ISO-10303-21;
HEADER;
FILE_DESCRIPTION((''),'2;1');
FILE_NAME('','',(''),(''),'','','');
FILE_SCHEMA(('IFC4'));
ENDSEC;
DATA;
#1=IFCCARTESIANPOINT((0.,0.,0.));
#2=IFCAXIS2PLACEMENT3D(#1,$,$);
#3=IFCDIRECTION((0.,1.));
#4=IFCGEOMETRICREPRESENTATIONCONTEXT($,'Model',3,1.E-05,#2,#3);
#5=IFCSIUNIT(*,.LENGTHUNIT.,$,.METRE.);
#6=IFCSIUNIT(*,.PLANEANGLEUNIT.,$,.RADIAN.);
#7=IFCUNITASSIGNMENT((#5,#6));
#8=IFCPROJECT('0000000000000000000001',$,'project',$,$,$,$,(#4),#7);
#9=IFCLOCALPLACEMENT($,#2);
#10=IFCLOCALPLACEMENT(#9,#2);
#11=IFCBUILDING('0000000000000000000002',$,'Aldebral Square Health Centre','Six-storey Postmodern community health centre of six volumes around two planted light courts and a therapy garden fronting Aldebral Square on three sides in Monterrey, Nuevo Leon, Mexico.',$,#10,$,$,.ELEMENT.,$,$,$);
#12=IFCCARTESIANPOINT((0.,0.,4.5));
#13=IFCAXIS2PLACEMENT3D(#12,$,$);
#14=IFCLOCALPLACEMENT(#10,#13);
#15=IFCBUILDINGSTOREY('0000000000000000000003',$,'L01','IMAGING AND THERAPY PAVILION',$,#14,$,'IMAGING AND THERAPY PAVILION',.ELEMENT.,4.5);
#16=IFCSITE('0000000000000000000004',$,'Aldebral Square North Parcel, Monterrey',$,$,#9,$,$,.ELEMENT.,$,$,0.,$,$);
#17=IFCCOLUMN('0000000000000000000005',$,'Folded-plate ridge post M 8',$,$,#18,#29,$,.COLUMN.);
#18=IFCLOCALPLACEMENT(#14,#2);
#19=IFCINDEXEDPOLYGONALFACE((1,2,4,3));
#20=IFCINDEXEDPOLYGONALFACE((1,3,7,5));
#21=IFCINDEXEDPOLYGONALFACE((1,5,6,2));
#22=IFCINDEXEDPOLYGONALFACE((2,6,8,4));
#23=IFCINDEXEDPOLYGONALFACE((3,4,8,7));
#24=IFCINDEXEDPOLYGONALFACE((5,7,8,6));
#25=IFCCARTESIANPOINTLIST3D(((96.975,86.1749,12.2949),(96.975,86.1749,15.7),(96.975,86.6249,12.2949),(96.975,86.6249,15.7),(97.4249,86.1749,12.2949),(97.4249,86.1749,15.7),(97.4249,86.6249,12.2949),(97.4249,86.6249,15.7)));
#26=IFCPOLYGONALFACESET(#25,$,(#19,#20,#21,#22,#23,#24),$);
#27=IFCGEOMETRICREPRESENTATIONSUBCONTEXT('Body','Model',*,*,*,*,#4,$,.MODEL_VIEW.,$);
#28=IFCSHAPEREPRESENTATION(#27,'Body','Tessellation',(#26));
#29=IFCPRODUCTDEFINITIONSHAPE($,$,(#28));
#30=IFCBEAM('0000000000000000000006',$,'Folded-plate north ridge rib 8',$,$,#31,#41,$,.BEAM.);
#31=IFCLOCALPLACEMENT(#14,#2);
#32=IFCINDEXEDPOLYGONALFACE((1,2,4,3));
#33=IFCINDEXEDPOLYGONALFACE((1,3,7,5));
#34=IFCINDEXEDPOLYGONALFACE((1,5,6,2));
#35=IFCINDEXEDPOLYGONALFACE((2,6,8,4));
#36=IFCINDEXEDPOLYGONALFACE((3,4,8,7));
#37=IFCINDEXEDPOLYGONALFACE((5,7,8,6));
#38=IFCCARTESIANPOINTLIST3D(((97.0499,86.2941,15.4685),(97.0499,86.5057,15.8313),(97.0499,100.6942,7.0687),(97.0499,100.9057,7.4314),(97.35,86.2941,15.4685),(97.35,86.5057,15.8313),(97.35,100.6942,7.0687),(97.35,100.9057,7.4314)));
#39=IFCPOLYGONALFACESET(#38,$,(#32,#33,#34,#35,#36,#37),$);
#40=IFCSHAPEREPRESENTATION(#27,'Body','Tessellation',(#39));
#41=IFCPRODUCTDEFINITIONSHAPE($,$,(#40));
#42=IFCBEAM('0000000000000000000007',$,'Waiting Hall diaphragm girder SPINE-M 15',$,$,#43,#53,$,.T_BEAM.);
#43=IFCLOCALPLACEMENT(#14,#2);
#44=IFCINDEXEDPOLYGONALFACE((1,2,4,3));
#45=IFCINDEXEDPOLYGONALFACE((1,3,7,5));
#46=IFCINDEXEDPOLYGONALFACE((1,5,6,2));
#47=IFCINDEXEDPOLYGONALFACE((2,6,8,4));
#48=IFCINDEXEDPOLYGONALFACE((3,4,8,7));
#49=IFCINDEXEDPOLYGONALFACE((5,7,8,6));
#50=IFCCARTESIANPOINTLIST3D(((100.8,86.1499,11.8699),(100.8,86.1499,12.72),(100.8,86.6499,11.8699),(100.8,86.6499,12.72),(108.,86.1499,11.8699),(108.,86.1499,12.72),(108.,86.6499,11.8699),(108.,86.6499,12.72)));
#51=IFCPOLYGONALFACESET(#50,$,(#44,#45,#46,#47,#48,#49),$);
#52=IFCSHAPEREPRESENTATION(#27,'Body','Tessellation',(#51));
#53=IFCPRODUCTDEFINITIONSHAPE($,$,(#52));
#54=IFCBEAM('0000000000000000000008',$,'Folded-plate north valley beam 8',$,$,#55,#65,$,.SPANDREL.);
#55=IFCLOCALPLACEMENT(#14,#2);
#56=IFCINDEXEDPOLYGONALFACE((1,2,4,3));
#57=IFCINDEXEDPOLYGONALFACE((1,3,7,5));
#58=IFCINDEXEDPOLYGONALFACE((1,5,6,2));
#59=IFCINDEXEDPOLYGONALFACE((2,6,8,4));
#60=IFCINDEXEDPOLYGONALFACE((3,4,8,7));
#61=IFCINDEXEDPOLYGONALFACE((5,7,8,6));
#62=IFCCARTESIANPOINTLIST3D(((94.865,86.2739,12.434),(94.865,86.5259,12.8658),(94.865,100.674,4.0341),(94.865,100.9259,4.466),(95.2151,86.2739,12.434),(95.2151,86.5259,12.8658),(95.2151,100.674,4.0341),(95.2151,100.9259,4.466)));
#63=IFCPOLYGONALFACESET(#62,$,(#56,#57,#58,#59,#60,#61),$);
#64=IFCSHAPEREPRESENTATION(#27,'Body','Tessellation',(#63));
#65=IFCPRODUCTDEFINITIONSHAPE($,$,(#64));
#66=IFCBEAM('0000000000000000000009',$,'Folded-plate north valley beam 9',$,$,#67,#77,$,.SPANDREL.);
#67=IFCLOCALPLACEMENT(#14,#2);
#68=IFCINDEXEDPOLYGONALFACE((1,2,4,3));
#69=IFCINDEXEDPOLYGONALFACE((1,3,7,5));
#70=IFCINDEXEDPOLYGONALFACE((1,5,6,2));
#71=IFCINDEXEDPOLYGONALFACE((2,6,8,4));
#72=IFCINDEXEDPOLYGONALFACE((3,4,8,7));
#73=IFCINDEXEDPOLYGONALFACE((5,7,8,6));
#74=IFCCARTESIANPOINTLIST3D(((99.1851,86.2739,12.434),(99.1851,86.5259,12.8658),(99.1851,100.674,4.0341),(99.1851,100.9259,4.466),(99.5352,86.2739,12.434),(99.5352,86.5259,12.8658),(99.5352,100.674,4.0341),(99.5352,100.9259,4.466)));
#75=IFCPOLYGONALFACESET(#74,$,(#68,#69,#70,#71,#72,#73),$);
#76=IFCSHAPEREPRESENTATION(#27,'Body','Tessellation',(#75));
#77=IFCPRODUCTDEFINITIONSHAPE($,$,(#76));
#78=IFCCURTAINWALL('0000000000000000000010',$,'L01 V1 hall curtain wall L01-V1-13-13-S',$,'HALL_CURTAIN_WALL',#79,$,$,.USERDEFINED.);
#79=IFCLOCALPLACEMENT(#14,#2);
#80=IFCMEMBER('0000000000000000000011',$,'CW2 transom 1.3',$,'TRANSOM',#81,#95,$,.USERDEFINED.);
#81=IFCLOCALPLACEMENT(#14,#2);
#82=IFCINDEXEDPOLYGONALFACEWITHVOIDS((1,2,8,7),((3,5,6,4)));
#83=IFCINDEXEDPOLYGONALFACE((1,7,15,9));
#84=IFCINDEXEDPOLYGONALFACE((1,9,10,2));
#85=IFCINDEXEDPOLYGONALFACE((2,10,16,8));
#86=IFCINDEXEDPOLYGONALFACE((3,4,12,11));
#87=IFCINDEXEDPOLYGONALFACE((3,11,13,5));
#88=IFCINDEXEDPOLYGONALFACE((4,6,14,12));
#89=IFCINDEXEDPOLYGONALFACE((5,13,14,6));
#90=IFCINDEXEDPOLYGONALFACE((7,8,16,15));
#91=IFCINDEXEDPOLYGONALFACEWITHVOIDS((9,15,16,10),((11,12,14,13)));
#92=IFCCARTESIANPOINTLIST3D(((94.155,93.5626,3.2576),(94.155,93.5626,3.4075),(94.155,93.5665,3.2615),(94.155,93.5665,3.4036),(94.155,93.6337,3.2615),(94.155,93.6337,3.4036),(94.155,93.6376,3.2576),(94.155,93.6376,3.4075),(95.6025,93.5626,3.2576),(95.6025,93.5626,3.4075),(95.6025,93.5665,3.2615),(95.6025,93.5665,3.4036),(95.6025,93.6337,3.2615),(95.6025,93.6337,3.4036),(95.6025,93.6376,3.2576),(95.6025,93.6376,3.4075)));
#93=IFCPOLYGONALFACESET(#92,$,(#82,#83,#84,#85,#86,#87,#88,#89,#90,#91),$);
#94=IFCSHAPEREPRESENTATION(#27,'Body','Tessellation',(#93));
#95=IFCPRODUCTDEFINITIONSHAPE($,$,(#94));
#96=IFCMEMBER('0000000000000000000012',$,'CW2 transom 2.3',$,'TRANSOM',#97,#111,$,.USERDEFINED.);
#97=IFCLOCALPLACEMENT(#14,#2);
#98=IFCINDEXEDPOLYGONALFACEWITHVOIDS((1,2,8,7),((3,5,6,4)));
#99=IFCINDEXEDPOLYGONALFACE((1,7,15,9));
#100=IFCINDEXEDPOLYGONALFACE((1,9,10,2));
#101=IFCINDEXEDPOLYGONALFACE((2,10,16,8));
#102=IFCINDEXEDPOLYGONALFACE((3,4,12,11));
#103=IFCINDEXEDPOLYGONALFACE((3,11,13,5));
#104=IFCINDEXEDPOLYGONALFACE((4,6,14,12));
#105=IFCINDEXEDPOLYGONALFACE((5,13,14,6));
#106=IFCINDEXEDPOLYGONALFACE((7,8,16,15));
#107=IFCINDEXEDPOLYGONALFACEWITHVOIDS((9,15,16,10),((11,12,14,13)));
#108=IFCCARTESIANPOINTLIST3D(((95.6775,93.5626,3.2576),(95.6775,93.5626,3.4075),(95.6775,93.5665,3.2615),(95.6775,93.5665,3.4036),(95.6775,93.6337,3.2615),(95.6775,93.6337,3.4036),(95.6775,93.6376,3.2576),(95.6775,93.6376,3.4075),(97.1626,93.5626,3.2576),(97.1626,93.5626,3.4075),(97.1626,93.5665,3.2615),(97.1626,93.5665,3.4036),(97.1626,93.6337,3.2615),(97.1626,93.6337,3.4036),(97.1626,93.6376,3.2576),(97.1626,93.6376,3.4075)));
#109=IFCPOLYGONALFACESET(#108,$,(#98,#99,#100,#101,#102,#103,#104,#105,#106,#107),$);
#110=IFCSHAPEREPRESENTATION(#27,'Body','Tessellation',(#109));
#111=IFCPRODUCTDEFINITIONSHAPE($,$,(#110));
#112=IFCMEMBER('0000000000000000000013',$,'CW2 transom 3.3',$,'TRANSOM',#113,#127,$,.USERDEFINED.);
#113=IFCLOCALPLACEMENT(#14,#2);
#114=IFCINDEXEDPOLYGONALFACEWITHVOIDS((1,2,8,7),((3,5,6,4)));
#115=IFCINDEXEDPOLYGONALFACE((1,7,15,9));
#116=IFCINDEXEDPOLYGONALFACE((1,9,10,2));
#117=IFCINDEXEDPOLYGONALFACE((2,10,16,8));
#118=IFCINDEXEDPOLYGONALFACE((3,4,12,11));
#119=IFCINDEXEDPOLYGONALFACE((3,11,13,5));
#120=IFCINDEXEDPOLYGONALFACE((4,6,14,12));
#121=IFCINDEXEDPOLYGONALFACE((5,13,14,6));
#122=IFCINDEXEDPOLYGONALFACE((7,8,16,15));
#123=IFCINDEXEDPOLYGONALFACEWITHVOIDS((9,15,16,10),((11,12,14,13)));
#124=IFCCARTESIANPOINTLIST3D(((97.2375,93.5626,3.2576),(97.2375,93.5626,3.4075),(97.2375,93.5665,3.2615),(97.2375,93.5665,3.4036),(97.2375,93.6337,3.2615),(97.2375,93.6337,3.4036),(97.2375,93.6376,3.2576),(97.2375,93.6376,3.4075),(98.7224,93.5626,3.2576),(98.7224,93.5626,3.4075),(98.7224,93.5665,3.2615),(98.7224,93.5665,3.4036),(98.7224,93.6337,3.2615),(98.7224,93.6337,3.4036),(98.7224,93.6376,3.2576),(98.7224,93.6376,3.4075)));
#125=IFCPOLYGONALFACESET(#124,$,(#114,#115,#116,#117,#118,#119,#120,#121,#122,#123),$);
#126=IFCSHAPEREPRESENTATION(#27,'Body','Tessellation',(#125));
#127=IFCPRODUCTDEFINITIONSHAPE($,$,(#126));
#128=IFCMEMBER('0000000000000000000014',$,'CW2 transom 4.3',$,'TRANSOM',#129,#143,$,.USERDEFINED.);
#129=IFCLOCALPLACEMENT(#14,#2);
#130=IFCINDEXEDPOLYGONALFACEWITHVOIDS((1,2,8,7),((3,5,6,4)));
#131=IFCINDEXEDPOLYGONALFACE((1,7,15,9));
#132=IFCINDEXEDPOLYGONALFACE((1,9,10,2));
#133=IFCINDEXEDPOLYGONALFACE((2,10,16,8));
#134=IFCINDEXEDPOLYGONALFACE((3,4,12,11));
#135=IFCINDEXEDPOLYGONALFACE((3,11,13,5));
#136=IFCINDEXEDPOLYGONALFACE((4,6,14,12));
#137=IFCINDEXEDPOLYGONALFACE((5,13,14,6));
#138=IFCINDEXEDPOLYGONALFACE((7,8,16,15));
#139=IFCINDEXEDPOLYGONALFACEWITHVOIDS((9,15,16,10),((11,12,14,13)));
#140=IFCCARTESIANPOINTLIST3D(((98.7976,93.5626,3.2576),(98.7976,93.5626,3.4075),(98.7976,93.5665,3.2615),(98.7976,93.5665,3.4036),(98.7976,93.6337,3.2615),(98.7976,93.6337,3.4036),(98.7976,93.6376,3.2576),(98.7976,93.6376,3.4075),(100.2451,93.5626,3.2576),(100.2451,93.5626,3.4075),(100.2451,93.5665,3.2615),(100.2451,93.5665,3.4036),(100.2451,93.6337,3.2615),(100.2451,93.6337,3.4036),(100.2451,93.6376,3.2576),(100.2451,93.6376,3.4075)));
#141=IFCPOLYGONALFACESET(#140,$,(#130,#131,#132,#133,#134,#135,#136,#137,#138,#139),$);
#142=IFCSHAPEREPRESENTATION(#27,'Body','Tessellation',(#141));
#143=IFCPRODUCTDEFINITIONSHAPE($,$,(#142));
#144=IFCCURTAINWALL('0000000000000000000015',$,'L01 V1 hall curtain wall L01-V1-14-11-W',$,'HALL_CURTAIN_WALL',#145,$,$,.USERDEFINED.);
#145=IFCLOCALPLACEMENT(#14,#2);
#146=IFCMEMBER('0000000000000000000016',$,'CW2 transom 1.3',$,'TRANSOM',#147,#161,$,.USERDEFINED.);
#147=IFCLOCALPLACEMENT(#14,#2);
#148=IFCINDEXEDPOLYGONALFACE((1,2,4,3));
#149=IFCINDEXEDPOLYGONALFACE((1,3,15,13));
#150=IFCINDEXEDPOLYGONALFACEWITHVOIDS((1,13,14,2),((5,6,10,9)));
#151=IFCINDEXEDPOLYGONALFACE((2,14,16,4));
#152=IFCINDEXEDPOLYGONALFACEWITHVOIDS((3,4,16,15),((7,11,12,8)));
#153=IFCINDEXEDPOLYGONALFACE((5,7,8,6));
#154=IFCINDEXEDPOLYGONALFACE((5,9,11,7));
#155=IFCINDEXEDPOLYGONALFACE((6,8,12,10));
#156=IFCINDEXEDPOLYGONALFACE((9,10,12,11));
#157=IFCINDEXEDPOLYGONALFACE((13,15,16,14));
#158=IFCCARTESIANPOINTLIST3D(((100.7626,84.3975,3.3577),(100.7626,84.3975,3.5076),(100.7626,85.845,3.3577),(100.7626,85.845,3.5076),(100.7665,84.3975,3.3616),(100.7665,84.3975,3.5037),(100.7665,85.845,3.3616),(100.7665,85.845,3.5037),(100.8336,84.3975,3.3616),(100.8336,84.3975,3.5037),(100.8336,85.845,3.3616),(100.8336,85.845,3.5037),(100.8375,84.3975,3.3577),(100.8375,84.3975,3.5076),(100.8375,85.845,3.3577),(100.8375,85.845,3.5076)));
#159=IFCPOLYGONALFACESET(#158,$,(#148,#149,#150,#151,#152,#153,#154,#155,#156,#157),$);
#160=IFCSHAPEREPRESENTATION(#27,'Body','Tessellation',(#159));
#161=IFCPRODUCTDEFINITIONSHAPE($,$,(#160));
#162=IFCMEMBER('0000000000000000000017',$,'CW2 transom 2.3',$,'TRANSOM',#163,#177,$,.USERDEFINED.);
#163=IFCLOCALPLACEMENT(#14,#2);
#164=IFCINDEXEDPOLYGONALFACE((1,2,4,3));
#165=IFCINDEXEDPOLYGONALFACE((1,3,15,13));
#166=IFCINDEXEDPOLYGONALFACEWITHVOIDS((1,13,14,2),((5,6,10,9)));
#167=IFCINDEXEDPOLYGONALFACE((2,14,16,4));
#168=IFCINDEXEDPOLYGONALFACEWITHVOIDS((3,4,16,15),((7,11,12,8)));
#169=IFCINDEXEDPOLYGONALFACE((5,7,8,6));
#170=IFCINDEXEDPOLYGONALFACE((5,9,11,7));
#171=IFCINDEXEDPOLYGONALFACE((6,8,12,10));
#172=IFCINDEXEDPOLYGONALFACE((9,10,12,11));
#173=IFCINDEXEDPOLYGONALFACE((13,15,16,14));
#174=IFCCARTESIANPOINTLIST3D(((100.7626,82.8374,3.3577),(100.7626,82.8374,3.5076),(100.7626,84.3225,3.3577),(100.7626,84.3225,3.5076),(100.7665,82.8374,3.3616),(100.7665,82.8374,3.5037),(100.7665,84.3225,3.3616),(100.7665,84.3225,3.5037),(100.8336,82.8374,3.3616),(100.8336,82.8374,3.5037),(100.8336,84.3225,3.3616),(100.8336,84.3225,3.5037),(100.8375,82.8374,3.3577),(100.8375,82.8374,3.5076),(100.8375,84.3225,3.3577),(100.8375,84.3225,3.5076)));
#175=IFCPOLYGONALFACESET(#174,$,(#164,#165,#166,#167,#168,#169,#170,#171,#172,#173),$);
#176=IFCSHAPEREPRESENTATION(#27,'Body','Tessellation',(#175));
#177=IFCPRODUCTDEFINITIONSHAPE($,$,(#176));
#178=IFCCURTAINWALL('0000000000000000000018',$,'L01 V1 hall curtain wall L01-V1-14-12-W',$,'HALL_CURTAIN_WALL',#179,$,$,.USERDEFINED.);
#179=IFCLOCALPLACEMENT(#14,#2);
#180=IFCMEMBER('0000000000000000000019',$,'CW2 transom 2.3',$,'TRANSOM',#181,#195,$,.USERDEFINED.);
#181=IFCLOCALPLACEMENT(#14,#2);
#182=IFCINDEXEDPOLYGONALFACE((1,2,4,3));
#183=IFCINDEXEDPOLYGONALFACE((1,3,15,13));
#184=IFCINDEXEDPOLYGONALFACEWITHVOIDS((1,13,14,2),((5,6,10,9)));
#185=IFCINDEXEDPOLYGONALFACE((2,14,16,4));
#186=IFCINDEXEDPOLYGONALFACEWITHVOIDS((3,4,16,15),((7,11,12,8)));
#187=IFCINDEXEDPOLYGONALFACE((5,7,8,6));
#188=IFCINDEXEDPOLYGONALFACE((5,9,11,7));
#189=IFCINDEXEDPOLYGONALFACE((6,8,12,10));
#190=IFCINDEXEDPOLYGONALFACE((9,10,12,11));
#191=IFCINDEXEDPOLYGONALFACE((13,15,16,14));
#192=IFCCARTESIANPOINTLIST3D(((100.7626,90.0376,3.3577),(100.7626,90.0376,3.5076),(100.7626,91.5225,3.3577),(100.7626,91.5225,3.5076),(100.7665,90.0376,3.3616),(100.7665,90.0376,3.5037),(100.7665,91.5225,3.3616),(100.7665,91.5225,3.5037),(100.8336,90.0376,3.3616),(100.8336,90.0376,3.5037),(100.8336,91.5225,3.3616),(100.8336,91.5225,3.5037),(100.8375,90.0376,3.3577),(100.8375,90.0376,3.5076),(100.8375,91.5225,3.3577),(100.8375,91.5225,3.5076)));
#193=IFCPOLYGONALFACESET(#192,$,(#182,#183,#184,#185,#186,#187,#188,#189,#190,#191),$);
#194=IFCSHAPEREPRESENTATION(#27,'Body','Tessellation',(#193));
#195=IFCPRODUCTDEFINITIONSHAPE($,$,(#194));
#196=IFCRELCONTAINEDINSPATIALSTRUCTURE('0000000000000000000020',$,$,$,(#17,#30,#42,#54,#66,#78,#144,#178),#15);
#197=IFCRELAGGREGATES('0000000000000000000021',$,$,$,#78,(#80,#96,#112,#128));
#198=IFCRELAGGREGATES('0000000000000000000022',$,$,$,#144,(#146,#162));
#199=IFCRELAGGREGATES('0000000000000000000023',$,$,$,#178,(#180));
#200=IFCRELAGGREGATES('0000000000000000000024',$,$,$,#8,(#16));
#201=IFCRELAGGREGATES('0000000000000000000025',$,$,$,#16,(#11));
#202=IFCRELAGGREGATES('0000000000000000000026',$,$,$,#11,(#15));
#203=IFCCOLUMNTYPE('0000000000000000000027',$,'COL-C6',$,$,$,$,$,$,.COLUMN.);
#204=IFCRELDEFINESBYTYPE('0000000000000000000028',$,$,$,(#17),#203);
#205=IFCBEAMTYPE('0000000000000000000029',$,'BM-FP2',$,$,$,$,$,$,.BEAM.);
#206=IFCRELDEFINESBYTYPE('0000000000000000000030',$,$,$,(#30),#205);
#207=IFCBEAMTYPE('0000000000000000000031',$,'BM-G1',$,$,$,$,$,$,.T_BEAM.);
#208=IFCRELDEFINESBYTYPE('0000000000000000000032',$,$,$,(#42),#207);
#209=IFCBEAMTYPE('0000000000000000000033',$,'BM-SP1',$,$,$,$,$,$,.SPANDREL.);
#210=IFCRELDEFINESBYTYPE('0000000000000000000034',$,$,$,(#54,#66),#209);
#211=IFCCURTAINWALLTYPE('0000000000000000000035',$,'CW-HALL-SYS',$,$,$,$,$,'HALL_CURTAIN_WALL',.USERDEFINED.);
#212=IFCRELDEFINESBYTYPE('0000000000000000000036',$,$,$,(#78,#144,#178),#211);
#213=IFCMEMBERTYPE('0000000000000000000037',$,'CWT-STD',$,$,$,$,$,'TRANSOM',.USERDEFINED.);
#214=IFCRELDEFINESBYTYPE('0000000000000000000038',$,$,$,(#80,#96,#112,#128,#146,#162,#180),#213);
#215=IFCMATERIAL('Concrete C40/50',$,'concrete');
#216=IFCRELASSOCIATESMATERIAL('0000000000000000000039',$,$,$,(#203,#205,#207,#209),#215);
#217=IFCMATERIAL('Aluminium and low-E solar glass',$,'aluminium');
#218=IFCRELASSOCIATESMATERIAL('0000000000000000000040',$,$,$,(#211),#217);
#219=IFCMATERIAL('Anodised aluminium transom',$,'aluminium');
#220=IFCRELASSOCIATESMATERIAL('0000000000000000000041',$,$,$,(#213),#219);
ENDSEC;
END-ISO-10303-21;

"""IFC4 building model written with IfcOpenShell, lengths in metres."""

from ifc_helpers import new_model, si_unit, direction, frame, origin, origin_2d, place, context, subcontext, project, spatial, rectangle, hollow_rectangle, extrude, material, material_profile, profile_set, type_object, element, aggregate, save


model = new_model("IFC4")

# Units and contexts
model_context = context("Model", 3, precision=1e-05, world=origin(), true_north=direction((0.0, 1.0)))
body_context = subcontext(model_context, "Body", "Model", "MODEL_VIEW")
ifc_project = project(units=[si_unit("LENGTHUNIT", "METRE"), si_unit("PLANEANGLEUNIT", "RADIAN")], contexts=[model_context])

# Site, building, storey
site_placement = place(None, origin())
site = spatial("IfcSite", under=ifc_project, at=site_placement, Name="Aldebral Square North Parcel, Monterrey", CompositionType="ELEMENT", RefElevation=0.0)
building_placement = place(site_placement, origin())
building = spatial("IfcBuilding", under=site, at=building_placement, Name="Aldebral Square Health Centre", Description="Six-storey Postmodern community health centre of six volumes around two planted light courts and a therapy garden fronting Aldebral Square on three sides in Monterrey, Nuevo Leon, Mexico.", CompositionType="ELEMENT")
storey_placement = place(building_placement, frame((0.0, 0.0, 4.5)))
storey = spatial("IfcBuildingStorey", under=building, at=storey_placement, Name="L01", Description="IMAGING AND THERAPY PAVILION", LongName="IMAGING AND THERAPY PAVILION", CompositionType="ELEMENT", Elevation=4.5)

# Column
ifc_material_1 = material(Name="Concrete C40/50", Category="concrete")
ifc_material_profile_1 = material_profile(ifc_material_1, rectangle(XDim=0.45, YDim=0.45, at=origin_2d()), Name="RC 450x450")
ifc_profile_set_1 = profile_set([ifc_material_profile_1], Name="Concrete C40/50")
column_type = type_object("IfcColumnType", Name="COL-C6", PredefinedType="COLUMN", material=ifc_profile_set_1)
column_placement = place(storey_placement, frame((97.2, 86.3999, 12.2949), z_axis=(0.0, 0.0, 1.0), x_axis=(1.0, 0.0, 0.0)))
element("IfcColumn", 1, at=column_placement, inside=storey, type_object=column_type, Name="Folded-plate ridge post M 8", PredefinedType="COLUMN", context=body_context, shape_type="SweptSolid", body=[
    extrude(rectangle(XDim=0.45, YDim=0.45, at=origin_2d()), origin(), (0.0, 0.0, 1.0), 3.405),
])

# Beams
ifc_material_profile_2 = material_profile(ifc_material_1, rectangle(XDim=0.3, YDim=0.4199, at=origin_2d()), Name="RC 300x420")
ifc_profile_set_2 = profile_set([ifc_material_profile_2], Name="Concrete C40/50")
beam_type_1 = type_object("IfcBeamType", Name="BM-FP2", PredefinedType="BEAM", material=ifc_profile_set_2)
beam_1_placement = place(storey_placement, frame((97.2, 86.3999, 15.6499), z_axis=(0.0, 0.863784, -0.503863), x_axis=(-1.0, 0.0, 0.0)))
element("IfcBeam", 2, at=beam_1_placement, inside=storey, type_object=beam_type_1, Name="Folded-plate north ridge rib 8", PredefinedType="BEAM", context=body_context, shape_type="SweptSolid", body=[
    extrude(rectangle(XDim=0.3, YDim=0.4199, at=origin_2d()), origin(), (0.0, 0.0, 1.0), 16.6709),
])
ifc_material_profile_3 = material_profile(ifc_material_1, rectangle(XDim=0.5, YDim=0.8501, at=origin_2d()), Name="RC 500x850")
ifc_profile_set_3 = profile_set([ifc_material_profile_3], Name="Concrete C40/50")
beam_type_2 = type_object("IfcBeamType", Name="BM-G1", PredefinedType="T_BEAM", material=ifc_profile_set_3)
beam_2_placement = place(storey_placement, frame((100.8, 86.3999, 12.2949), z_axis=(1.0, 0.0, 0.0), x_axis=(0.0, 1.0, 0.0)))
element("IfcBeam", 3, at=beam_2_placement, inside=storey, type_object=beam_type_2, Name="Waiting Hall diaphragm girder SPINE-M 15", PredefinedType="T_BEAM", context=body_context, shape_type="SweptSolid", body=[
    extrude(rectangle(XDim=0.5, YDim=0.8501, at=origin_2d()), origin(), (0.0, 0.0, 1.0), 7.2),
])
ifc_material_profile_4 = material_profile(ifc_material_1, rectangle(XDim=0.3501, YDim=0.5, at=origin_2d()), Name="RC 350x500")
ifc_profile_set_4 = profile_set([ifc_material_profile_4], Name="Concrete C40/50")
beam_type_3 = type_object("IfcBeamType", Name="BM-SP1", PredefinedType="SPANDREL", material=ifc_profile_set_4)
for number, where, z_axis, x_axis, name in (
    (4, (95.04, 86.3999, 12.6499), (0.0, 0.863784, -0.503863), (-1.0, 0.0, 0.0), "Folded-plate north valley beam 8"),
    (5, (99.3601, 86.3999, 12.6499), (0.0, 0.863784, -0.503863), (-1.0, 0.0, 0.0), "Folded-plate north valley beam 9"),
):
    element("IfcBeam", number, at=place(storey_placement, frame(where, z_axis=z_axis, x_axis=x_axis)), inside=storey, type_object=beam_type_3, Name=name, PredefinedType="SPANDREL", context=body_context, shape_type="SweptSolid", body=[
        extrude(rectangle(XDim=0.3501, YDim=0.5, at=origin_2d()), origin(), (0.0, 0.0, 1.0), 16.6709),
    ])

# Curtain walls, members
ifc_material_2 = material(Name="Aluminium and low-E solar glass", Category="aluminium")
curtain_wall_type = type_object("IfcCurtainWallType", Name="CW-HALL-SYS", ElementType="HALL_CURTAIN_WALL", PredefinedType="USERDEFINED", material=ifc_material_2)
curtain_wall_1_placement = place(storey_placement, origin())
curtain_wall_1 = element("IfcCurtainWall", 6, at=curtain_wall_1_placement, inside=storey, type_object=curtain_wall_type, Name="L01 V1 hall curtain wall L01-V1-13-13-S", ObjectType="HALL_CURTAIN_WALL", PredefinedType="USERDEFINED")
ifc_material_3 = material(Name="Anodised aluminium transom", Category="aluminium")
ifc_material_profile_5 = material_profile(ifc_material_3, hollow_rectangle(XDim=0.075, YDim=0.1499, WallThickness=0.0039, at=origin_2d()), Name="CWT 75x150x4")
ifc_profile_set_5 = profile_set([ifc_material_profile_5], Name="Anodised aluminium transom")
member_type = type_object("IfcMemberType", Name="CWT-STD", ElementType="TRANSOM", PredefinedType="USERDEFINED", material=ifc_profile_set_5)
member_1_placement = place(storey_placement, frame((94.155, 93.6001, 3.3325), z_axis=(1.0, 0.0, 0.0), x_axis=(0.0, 1.0, 0.0)))
member_1 = element("IfcMember", 7, at=member_1_placement, type_object=member_type, Name="CW2 transom 1.3", ObjectType="TRANSOM", PredefinedType="USERDEFINED", context=body_context, shape_type="SweptSolid", body=[
    extrude(hollow_rectangle(XDim=0.075, YDim=0.1499, WallThickness=0.0039, at=origin_2d()), origin(), (0.0, 0.0, 1.0), 1.4475),
])
member_2_placement = place(storey_placement, frame((95.6775, 93.6001, 3.3325), z_axis=(1.0, 0.0, 0.0), x_axis=(0.0, 1.0, 0.0)))
member_2 = element("IfcMember", 8, at=member_2_placement, type_object=member_type, Name="CW2 transom 2.3", ObjectType="TRANSOM", PredefinedType="USERDEFINED", context=body_context, shape_type="SweptSolid", body=[
    extrude(hollow_rectangle(XDim=0.075, YDim=0.1499, WallThickness=0.0039, at=origin_2d()), origin(), (0.0, 0.0, 1.0), 1.4851),
])
member_3_placement = place(storey_placement, frame((97.2375, 93.6001, 3.3325), z_axis=(1.0, 0.0, 0.0), x_axis=(0.0, 1.0, 0.0)))
member_3 = element("IfcMember", 9, at=member_3_placement, type_object=member_type, Name="CW2 transom 3.3", ObjectType="TRANSOM", PredefinedType="USERDEFINED", context=body_context, shape_type="SweptSolid", body=[
    extrude(hollow_rectangle(XDim=0.075, YDim=0.1499, WallThickness=0.0039, at=origin_2d()), origin(), (0.0, 0.0, 1.0), 1.4849),
])
member_4_placement = place(storey_placement, frame((98.7976, 93.6001, 3.3325), z_axis=(1.0, 0.0, 0.0), x_axis=(0.0, 1.0, 0.0)))
member_4 = element("IfcMember", 10, at=member_4_placement, type_object=member_type, Name="CW2 transom 4.3", ObjectType="TRANSOM", PredefinedType="USERDEFINED", context=body_context, shape_type="SweptSolid", body=[
    extrude(hollow_rectangle(XDim=0.075, YDim=0.1499, WallThickness=0.0039, at=origin_2d()), origin(), (0.0, 0.0, 1.0), 1.4475),
])
aggregate(curtain_wall_1, [member_1, member_2, member_3, member_4])
curtain_wall_2_placement = place(storey_placement, origin())
curtain_wall_2 = element("IfcCurtainWall", 11, at=curtain_wall_2_placement, inside=storey, type_object=curtain_wall_type, Name="L01 V1 hall curtain wall L01-V1-14-11-W", ObjectType="HALL_CURTAIN_WALL", PredefinedType="USERDEFINED")
member_5_placement = place(storey_placement, frame((100.8, 85.845, 3.4326), z_axis=(0.0, -1.0, 0.0), x_axis=(1.0, 0.0, 0.0)))
member_5 = element("IfcMember", 12, at=member_5_placement, type_object=member_type, Name="CW2 transom 1.3", ObjectType="TRANSOM", PredefinedType="USERDEFINED", context=body_context, shape_type="SweptSolid", body=[
    extrude(hollow_rectangle(XDim=0.075, YDim=0.1499, WallThickness=0.0039, at=origin_2d()), origin(), (0.0, 0.0, 1.0), 1.4475),
])
member_6_placement = place(storey_placement, frame((100.8, 84.3225, 3.4326), z_axis=(0.0, -1.0, 0.0), x_axis=(1.0, 0.0, 0.0)))
member_6 = element("IfcMember", 13, at=member_6_placement, type_object=member_type, Name="CW2 transom 2.3", ObjectType="TRANSOM", PredefinedType="USERDEFINED", context=body_context, shape_type="SweptSolid", body=[
    extrude(hollow_rectangle(XDim=0.075, YDim=0.1499, WallThickness=0.0039, at=origin_2d()), origin(), (0.0, 0.0, 1.0), 1.4851),
])
aggregate(curtain_wall_2, [member_5, member_6])

# Curtain wall, member
curtain_wall_3_placement = place(storey_placement, origin())
curtain_wall_3 = element("IfcCurtainWall", 14, at=curtain_wall_3_placement, inside=storey, type_object=curtain_wall_type, Name="L01 V1 hall curtain wall L01-V1-14-12-W", ObjectType="HALL_CURTAIN_WALL", PredefinedType="USERDEFINED")
member_7_placement = place(storey_placement, frame((100.8, 91.5225, 3.4326), z_axis=(0.0, -1.0, 0.0), x_axis=(1.0, 0.0, 0.0)))
member_7 = element("IfcMember", 15, at=member_7_placement, type_object=member_type, Name="CW2 transom 2.3", ObjectType="TRANSOM", PredefinedType="USERDEFINED", context=body_context, shape_type="SweptSolid", body=[
    extrude(hollow_rectangle(XDim=0.075, YDim=0.1499, WallThickness=0.0039, at=origin_2d()), origin(), (0.0, 0.0, 1.0), 1.4849),
])
aggregate(curtain_wall_3, [member_7])

save(model, "model.ifc")
